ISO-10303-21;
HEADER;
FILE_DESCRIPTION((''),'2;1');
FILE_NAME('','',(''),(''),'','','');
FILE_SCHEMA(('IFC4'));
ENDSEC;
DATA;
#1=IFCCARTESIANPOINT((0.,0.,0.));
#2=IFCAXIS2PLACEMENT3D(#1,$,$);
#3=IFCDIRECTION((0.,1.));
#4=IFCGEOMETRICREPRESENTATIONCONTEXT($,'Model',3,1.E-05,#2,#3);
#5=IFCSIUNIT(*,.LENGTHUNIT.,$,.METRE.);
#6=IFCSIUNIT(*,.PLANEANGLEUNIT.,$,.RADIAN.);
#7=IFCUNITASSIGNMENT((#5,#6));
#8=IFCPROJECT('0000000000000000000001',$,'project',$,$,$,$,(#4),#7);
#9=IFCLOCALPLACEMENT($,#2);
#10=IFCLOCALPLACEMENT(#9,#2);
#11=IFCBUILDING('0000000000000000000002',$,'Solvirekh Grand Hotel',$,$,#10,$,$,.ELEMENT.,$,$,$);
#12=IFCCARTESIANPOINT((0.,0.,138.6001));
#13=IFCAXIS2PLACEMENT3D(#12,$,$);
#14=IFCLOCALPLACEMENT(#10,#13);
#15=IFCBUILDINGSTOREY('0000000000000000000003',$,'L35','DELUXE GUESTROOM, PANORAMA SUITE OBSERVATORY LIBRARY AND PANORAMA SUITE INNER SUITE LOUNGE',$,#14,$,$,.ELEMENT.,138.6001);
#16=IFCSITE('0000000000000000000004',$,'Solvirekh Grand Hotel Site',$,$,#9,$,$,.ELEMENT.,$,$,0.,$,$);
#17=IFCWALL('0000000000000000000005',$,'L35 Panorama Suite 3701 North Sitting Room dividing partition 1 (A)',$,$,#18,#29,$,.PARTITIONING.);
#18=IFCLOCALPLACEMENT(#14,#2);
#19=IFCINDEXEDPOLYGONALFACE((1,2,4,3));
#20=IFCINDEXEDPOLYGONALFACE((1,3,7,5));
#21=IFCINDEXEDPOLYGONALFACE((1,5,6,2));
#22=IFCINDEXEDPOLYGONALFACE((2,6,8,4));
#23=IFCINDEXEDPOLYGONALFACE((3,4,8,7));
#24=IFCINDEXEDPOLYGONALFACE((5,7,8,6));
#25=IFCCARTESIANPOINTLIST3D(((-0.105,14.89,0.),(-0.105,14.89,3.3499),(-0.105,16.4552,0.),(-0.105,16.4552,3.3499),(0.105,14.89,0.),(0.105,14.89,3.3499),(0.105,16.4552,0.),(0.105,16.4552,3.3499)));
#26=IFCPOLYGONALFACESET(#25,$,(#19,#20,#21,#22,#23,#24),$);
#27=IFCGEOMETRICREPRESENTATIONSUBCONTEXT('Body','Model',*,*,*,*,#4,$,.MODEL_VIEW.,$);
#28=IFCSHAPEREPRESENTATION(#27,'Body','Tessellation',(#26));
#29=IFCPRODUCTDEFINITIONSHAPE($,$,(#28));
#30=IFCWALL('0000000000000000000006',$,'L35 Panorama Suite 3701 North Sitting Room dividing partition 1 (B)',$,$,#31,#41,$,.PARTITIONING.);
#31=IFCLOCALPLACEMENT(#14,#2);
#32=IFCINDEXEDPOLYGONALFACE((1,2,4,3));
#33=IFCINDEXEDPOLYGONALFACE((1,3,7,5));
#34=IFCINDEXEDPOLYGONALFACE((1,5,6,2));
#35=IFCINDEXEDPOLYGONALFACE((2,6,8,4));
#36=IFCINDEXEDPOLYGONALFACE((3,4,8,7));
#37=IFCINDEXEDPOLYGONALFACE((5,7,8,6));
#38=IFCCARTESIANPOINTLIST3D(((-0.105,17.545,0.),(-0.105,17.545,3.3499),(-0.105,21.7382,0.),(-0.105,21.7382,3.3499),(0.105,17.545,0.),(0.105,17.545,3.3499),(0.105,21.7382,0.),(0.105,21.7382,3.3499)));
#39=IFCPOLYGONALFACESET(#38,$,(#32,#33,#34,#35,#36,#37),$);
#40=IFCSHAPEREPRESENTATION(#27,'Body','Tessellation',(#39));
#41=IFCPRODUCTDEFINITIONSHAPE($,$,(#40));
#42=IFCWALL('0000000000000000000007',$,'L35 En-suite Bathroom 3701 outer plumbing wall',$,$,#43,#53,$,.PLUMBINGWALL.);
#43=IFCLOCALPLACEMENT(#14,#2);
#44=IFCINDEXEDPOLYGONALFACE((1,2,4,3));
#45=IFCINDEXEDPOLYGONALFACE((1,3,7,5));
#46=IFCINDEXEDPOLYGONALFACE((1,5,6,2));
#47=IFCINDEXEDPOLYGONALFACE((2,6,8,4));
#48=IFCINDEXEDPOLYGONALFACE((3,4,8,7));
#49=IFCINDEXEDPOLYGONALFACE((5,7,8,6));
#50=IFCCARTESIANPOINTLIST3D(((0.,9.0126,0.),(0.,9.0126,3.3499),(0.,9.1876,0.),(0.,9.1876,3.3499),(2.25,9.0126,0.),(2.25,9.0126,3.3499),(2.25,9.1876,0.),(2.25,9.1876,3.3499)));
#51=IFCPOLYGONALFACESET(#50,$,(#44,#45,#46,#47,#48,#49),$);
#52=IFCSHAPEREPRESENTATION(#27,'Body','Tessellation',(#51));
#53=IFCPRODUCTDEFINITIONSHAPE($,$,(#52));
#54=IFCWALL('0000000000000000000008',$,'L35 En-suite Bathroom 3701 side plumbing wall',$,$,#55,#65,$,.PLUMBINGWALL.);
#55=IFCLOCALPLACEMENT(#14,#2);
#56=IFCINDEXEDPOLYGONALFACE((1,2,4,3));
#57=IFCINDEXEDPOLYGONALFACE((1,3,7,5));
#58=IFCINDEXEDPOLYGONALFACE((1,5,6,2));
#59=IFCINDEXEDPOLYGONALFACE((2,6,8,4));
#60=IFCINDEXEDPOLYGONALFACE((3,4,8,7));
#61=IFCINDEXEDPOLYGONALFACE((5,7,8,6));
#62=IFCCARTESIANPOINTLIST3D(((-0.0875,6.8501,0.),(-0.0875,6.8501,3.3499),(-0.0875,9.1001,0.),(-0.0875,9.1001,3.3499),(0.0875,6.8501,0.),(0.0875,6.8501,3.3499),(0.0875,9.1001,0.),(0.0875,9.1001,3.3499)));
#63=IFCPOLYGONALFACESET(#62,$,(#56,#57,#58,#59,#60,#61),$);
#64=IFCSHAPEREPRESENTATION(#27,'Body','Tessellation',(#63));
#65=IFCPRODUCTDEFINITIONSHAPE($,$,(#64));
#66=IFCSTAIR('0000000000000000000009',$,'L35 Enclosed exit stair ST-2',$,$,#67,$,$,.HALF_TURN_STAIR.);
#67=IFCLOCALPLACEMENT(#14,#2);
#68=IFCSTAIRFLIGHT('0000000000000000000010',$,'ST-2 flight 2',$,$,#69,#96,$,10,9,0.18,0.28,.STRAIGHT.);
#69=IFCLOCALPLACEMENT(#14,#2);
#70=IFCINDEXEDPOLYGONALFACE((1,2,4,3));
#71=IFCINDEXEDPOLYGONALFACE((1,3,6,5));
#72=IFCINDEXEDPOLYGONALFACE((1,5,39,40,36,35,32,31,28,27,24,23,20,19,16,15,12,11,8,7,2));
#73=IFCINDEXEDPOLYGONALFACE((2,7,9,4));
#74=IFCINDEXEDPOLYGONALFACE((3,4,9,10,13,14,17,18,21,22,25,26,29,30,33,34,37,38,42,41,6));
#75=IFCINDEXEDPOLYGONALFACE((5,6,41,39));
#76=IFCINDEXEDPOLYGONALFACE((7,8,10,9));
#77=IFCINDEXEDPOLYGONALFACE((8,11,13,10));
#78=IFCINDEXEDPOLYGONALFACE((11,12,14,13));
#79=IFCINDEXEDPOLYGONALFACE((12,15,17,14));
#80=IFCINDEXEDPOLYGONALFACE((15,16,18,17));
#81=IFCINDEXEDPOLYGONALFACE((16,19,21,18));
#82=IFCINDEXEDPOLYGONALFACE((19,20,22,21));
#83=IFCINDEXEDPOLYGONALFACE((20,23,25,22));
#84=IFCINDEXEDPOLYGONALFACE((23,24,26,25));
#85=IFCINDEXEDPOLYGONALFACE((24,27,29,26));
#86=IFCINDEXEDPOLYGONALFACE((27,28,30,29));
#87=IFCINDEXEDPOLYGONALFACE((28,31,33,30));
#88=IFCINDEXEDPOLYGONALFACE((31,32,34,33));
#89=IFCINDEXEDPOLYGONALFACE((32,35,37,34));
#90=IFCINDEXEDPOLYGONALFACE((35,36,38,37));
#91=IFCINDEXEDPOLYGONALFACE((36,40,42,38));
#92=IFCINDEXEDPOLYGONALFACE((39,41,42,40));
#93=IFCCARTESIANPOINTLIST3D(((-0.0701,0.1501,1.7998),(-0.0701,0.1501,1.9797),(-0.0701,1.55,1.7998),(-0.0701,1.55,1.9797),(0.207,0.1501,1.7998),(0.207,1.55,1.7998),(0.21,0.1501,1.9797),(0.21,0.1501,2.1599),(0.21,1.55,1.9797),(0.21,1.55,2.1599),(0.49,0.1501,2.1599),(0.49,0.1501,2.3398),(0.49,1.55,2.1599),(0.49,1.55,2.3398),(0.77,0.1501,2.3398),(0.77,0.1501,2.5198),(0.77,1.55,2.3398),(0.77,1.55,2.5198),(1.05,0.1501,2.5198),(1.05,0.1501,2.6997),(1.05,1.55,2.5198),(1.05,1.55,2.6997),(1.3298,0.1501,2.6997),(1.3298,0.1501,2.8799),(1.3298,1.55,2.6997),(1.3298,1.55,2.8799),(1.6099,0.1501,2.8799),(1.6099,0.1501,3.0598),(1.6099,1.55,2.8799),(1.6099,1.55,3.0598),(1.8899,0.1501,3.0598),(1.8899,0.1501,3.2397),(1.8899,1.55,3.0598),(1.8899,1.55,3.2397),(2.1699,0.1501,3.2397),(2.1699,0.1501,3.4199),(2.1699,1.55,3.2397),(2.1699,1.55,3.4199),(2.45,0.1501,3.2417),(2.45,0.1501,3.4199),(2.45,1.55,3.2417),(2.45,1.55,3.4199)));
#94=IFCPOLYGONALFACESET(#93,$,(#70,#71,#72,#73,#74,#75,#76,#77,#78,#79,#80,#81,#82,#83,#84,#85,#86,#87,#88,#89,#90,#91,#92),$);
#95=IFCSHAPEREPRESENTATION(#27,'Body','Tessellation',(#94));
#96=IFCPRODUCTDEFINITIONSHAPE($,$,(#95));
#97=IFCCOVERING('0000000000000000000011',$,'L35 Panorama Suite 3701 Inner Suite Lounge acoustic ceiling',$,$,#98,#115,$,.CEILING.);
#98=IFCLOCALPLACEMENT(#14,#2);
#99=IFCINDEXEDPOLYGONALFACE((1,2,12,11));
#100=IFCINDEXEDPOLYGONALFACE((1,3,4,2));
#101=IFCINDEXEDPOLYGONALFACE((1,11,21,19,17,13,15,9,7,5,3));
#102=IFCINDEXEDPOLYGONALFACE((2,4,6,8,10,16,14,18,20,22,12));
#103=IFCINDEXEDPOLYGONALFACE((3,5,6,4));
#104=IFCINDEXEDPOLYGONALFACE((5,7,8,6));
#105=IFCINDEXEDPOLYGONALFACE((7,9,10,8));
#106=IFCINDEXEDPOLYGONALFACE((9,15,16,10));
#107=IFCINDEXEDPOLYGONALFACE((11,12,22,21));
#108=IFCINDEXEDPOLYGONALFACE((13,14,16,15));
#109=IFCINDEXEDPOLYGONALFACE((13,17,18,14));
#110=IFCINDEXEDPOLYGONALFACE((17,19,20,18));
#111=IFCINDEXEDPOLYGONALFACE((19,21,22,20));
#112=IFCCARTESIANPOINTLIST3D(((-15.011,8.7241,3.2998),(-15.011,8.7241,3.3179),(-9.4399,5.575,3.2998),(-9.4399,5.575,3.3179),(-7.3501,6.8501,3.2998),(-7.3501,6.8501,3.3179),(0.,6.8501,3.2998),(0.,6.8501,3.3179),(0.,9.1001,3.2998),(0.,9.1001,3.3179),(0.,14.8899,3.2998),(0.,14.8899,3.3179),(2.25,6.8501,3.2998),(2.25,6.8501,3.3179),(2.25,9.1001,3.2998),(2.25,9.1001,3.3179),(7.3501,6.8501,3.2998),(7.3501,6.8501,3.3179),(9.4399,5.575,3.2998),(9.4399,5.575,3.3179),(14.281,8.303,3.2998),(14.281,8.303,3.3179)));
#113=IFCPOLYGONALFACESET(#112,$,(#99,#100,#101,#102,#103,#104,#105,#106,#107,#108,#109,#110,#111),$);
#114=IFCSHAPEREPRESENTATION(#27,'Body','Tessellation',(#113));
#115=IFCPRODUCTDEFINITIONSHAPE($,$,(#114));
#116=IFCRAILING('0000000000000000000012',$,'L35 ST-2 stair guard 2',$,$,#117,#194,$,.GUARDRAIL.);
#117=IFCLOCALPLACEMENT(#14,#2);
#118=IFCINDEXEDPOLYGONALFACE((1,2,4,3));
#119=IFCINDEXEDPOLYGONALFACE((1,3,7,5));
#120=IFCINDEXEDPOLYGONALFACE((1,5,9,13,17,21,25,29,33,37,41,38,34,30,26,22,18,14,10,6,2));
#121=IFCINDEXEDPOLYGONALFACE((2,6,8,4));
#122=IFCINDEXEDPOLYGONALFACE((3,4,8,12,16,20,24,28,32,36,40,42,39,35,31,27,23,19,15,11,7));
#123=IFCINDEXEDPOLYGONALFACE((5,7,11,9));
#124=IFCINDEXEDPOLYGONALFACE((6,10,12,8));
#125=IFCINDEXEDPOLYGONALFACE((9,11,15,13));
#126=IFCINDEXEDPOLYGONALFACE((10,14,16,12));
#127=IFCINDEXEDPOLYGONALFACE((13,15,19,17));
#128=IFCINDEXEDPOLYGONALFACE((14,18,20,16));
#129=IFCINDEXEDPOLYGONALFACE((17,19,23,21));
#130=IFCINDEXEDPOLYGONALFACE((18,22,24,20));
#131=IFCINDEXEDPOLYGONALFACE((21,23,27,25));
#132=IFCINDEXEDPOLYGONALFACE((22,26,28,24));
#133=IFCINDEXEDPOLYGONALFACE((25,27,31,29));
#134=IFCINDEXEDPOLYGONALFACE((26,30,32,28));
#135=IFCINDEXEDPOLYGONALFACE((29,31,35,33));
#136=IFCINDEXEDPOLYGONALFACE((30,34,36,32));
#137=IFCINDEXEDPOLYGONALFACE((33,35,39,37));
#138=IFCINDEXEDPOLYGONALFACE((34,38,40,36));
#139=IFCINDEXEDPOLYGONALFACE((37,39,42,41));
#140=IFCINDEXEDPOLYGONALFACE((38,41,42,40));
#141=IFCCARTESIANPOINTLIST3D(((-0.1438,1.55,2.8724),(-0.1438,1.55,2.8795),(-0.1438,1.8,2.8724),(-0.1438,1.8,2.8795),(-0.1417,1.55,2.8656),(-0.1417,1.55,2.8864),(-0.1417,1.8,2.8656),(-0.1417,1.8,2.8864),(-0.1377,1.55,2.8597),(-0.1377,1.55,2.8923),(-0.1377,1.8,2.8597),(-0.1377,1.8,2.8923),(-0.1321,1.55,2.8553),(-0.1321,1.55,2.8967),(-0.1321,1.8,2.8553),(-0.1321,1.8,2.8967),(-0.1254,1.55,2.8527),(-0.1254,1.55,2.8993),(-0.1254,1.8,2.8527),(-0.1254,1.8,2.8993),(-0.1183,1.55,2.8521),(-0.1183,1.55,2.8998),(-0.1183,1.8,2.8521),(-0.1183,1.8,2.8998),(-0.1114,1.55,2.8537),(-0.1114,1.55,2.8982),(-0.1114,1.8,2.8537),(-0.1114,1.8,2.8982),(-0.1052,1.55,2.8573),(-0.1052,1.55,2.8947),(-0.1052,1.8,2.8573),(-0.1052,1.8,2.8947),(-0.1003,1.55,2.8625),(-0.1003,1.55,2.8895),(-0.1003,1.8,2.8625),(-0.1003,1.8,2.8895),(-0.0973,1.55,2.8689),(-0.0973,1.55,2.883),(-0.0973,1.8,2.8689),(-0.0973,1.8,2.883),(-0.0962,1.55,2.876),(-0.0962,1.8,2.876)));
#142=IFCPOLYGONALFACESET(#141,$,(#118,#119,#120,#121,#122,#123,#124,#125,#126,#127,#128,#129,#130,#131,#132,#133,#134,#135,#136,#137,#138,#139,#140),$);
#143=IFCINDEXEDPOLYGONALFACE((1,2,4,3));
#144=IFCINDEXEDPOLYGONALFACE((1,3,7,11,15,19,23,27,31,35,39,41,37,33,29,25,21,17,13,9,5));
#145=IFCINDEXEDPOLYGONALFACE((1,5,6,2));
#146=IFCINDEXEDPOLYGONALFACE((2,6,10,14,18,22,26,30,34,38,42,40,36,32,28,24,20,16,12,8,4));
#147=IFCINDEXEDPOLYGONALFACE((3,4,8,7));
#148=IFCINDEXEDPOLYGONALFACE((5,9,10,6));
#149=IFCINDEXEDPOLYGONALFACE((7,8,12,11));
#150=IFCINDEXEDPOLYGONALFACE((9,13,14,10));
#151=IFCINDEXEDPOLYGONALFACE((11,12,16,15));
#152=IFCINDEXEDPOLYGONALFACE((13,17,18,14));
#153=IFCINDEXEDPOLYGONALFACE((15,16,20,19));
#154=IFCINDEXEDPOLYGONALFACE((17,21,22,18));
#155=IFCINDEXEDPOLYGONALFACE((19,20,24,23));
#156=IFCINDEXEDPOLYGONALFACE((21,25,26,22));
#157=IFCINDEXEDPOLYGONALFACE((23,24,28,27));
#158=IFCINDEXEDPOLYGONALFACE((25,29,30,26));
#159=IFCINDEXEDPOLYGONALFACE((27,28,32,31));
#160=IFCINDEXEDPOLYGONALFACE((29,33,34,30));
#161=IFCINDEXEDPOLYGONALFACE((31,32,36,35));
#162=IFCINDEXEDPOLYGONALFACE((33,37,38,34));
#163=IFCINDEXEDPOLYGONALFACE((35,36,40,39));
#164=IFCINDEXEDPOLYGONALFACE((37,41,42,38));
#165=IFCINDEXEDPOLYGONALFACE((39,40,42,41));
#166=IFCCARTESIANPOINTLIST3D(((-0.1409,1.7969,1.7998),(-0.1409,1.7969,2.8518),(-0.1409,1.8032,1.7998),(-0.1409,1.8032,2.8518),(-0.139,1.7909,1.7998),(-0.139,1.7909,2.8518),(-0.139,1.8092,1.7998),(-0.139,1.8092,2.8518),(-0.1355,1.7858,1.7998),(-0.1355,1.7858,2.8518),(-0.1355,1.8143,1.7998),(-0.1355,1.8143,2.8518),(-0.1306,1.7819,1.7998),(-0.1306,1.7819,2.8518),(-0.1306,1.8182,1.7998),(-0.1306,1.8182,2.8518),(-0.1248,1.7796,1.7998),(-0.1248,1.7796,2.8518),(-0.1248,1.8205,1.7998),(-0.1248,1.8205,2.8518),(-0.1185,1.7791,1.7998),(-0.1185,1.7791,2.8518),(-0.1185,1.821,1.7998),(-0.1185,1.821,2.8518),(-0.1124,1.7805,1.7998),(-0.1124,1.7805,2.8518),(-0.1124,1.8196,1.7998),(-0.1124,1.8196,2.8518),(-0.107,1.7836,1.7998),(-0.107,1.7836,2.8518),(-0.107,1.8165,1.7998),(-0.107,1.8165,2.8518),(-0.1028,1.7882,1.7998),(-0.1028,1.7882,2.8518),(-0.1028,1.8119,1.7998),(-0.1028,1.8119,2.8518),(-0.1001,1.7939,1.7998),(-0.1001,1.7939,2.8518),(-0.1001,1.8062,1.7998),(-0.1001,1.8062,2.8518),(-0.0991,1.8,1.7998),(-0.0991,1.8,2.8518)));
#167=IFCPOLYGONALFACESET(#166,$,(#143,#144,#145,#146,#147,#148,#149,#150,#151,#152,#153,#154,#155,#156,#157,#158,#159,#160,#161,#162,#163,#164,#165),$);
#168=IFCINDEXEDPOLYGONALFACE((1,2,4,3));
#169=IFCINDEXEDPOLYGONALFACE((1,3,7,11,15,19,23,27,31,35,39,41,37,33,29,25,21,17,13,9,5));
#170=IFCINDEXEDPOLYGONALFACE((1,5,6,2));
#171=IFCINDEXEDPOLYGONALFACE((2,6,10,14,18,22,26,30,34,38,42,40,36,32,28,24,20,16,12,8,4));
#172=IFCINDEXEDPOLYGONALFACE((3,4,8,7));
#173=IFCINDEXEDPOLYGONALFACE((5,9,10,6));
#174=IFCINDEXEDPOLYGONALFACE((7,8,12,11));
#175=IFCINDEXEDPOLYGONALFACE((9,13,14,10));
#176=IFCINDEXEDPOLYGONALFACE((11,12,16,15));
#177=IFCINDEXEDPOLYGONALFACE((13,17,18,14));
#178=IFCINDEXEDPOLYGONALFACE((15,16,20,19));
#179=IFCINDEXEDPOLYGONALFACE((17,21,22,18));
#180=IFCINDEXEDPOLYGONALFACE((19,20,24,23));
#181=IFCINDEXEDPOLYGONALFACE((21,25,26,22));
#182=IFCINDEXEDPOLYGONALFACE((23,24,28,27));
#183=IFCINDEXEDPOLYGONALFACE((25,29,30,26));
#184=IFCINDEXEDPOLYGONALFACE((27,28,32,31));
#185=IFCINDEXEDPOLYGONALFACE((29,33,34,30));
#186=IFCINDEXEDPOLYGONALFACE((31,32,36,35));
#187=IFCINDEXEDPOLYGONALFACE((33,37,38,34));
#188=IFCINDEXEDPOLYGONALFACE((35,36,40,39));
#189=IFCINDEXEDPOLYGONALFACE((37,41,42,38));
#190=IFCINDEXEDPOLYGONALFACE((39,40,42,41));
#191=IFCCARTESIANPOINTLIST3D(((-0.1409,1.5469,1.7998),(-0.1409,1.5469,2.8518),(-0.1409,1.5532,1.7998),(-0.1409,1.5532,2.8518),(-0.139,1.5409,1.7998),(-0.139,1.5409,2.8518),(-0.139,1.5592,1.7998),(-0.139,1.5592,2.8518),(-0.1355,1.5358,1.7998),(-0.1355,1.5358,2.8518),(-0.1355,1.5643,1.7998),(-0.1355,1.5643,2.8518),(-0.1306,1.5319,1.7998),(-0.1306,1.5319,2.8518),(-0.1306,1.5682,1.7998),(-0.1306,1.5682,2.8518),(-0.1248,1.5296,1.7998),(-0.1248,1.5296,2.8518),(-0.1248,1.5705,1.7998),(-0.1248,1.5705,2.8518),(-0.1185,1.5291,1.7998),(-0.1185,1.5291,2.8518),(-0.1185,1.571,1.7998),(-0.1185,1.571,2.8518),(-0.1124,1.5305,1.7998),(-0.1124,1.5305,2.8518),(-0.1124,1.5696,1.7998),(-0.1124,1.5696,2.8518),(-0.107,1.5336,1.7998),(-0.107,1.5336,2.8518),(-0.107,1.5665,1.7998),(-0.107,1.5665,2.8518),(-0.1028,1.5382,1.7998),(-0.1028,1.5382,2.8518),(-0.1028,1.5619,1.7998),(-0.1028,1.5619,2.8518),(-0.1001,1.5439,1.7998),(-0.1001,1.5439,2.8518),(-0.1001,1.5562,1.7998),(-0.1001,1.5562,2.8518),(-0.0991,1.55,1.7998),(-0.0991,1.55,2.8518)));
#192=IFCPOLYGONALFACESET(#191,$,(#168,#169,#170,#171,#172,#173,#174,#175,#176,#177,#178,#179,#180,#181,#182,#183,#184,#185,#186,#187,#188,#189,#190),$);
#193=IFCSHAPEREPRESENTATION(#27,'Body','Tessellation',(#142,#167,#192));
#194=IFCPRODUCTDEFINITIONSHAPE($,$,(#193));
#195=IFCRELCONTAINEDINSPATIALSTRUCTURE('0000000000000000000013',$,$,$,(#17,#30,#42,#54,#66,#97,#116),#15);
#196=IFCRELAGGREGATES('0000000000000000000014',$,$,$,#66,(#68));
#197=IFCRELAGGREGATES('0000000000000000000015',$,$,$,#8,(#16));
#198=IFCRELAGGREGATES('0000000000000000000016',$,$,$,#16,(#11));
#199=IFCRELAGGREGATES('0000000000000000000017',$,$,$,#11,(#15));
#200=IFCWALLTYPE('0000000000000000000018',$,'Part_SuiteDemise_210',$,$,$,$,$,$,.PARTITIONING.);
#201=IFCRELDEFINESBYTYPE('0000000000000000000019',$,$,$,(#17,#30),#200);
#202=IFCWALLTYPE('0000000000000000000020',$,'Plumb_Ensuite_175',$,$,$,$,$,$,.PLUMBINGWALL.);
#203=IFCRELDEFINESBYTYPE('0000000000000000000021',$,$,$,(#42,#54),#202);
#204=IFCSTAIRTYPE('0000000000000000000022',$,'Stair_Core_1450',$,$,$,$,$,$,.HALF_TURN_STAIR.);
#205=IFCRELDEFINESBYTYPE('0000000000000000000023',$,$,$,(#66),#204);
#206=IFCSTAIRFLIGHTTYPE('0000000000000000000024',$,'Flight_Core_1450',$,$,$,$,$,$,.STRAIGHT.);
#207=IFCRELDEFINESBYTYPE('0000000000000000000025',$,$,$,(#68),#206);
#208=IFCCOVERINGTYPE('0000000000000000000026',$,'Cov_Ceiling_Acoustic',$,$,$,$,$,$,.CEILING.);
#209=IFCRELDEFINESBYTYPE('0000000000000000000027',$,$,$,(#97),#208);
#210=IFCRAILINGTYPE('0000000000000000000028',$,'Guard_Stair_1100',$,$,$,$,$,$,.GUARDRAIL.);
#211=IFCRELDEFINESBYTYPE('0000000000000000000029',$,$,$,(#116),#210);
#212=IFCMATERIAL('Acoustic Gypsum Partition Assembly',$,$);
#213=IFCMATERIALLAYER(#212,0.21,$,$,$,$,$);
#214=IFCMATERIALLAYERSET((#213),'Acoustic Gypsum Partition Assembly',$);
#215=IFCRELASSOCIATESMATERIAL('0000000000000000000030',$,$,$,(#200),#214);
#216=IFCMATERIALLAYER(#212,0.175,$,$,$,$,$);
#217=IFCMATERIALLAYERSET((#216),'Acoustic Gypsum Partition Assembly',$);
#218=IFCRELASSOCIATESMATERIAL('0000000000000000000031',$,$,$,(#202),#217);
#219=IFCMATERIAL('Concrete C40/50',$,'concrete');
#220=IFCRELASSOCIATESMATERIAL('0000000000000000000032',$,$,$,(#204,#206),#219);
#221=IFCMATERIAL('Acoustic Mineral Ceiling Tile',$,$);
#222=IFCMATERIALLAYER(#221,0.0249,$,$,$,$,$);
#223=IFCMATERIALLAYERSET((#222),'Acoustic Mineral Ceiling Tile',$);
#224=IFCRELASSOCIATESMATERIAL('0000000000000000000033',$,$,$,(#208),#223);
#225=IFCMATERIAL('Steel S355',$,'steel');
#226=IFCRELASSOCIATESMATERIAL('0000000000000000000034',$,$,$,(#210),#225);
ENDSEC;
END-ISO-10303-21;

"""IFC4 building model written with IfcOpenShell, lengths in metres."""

from ifc_helpers import new_model, si_unit, direction, frame, frame_2d, origin, origin_2d, place, context, subcontext, project, spatial, polyline, rectangle, circle, outline, extrude, material, layer, layer_set, type_object, element, aggregate, save


model = new_model("IFC4")

# Units and contexts
model_context = context("Model", 3, precision=1e-05, world=origin(), true_north=direction((0.0, 1.0)))
body_context = subcontext(model_context, "Body", "Model", "MODEL_VIEW")
ifc_project = project(units=[si_unit("LENGTHUNIT", "METRE"), si_unit("PLANEANGLEUNIT", "RADIAN")], contexts=[model_context])

# Site, building, storey
site_placement = place(None, origin())
site = spatial("IfcSite", under=ifc_project, at=site_placement, Name="Solvirekh Grand Hotel Site", CompositionType="ELEMENT", RefElevation=0.0)
building_placement = place(site_placement, origin())
building = spatial("IfcBuilding", under=site, at=building_placement, Name="Solvirekh Grand Hotel", CompositionType="ELEMENT")
storey_placement = place(building_placement, frame((0.0, 0.0, 138.6001)))
storey = spatial("IfcBuildingStorey", under=building, at=storey_placement, Name="L35", Description="DELUXE GUESTROOM, PANORAMA SUITE OBSERVATORY LIBRARY AND PANORAMA SUITE INNER SUITE LOUNGE", CompositionType="ELEMENT", Elevation=138.6001)

# Shared definitions
ifc_material_1 = material(Name="Steel S355", Category="steel")

# Shared definitions
ifc_material_2 = material(Name="Concrete C40/50", Category="concrete")

# Shared definitions
ifc_material_3 = material(Name="Acoustic Gypsum Partition Assembly")

# Walls
ifc_layer_1 = layer(ifc_material_3, 0.21)
ifc_layer_set_1 = layer_set([ifc_layer_1], Name="Acoustic Gypsum Partition Assembly")
wall_type_1 = type_object("IfcWallType", Name="Part_SuiteDemise_210", PredefinedType="PARTITIONING", material=ifc_layer_set_1)
wall_1_placement = place(storey_placement, frame((0.0, 14.8899, 0.0), z_axis=(0.0, 0.0, 1.0), x_axis=(0.0, 1.0, 0.0)))
element("IfcWall", 1, at=wall_1_placement, inside=storey, type_object=wall_type_1, Name="L35 Panorama Suite 3701 North Sitting Room dividing partition 1 (A)", PredefinedType="PARTITIONING", context=body_context, shape_type="SweptSolid", body=[
    extrude(rectangle(XDim=1.5652, YDim=0.21, at=frame_2d((0.7827, 0.0))), origin(), (0.0, 0.0, 1.0), 3.3499),
])
wall_2_placement = place(storey_placement, frame((0.0, 17.5449, 0.0), z_axis=(0.0, 0.0, 1.0), x_axis=(0.0, 1.0, 0.0)))
element("IfcWall", 2, at=wall_2_placement, inside=storey, type_object=wall_type_1, Name="L35 Panorama Suite 3701 North Sitting Room dividing partition 1 (B)", PredefinedType="PARTITIONING", context=body_context, shape_type="SweptSolid", body=[
    extrude(rectangle(XDim=4.1931, YDim=0.21, at=frame_2d((2.0967, 0.0))), origin(), (0.0, 0.0, 1.0), 3.3499),
])
ifc_layer_2 = layer(ifc_material_3, 0.175)
ifc_layer_set_2 = layer_set([ifc_layer_2], Name="Acoustic Gypsum Partition Assembly")
wall_type_2 = type_object("IfcWallType", Name="Plumb_Ensuite_175", PredefinedType="PLUMBINGWALL", material=ifc_layer_set_2)
for number, where, z_axis, x_axis, name in (
    (3, (0.0, 9.1001, 0.0), (0.0, 0.0, 1.0), (1.0, 0.0, 0.0), "L35 En-suite Bathroom 3701 outer plumbing wall"),
    (4, (0.0, 9.1001, 0.0), (0.0, 0.0, 1.0), (0.0, -1.0, 0.0), "L35 En-suite Bathroom 3701 side plumbing wall"),
):
    element("IfcWall", number, at=place(storey_placement, frame(where, z_axis=z_axis, x_axis=x_axis)), inside=storey, type_object=wall_type_2, Name=name, PredefinedType="PLUMBINGWALL", context=body_context, shape_type="SweptSolid", body=[
        extrude(rectangle(XDim=2.25, YDim=0.175, at=frame_2d((1.125, 0.0))), origin(), (0.0, 0.0, 1.0), 3.3499),
    ])

# Stair, stair flight
stair_type = type_object("IfcStairType", Name="Stair_Core_1450", PredefinedType="HALF_TURN_STAIR", material=ifc_material_2)
stair_placement = place(storey_placement, origin())
stair = element("IfcStair", 5, at=stair_placement, inside=storey, type_object=stair_type, Name="L35 Enclosed exit stair ST-2", PredefinedType="HALF_TURN_STAIR")
stair_flight_type = type_object("IfcStairFlightType", Name="Flight_Core_1450", PredefinedType="STRAIGHT", material=ifc_material_2)
stair_flight_placement = place(storey_placement, frame((-0.0701, 0.8501, 1.7998), z_axis=(0.0, 0.0, 1.0), x_axis=(1.0, 0.0, 0.0)))
stair_flight = element("IfcStairFlight", 6, at=stair_flight_placement, type_object=stair_flight_type, Name="ST-2 flight 2", NumberOfRisers=10, NumberOfTreads=9, PredefinedType="STRAIGHT", RiserHeight=0.18, TreadLength=0.28, context=body_context, shape_type="SweptSolid", body=[
    extrude(outline(polyline([(0.0, 0.0), (0.0, 0.1799), (0.28, 0.1799), (0.28, 0.3601), (0.5601, 0.3601), (0.5601, 0.54), (0.8401, 0.54), (0.8401, 0.72), (1.1201, 0.72), (1.1201, 0.8999), (1.3999, 0.8999), (1.3999, 1.0801), (1.6799, 1.0801), (1.6799, 1.26), (1.96, 1.26), (1.96, 1.4399), (2.24, 1.4399), (2.24, 1.6201), (2.52, 1.6201), (2.52, 1.8), (2.52, 1.4419), (0.2771, 0.0), (0.0, 0.0)])), frame((0.0, 0.7, 0.0), z_axis=(0.0, -1.0, 0.0), x_axis=(1.0, 0.0, 0.0)), (0.0, 0.0, 1.0), 1.3999),
])
aggregate(stair, [stair_flight])

# Covering
ifc_material_4 = material(Name="Acoustic Mineral Ceiling Tile")
ifc_layer_3 = layer(ifc_material_4, 0.0249)
ifc_layer_set_3 = layer_set([ifc_layer_3], Name="Acoustic Mineral Ceiling Tile")
covering_type = type_object("IfcCoveringType", Name="Cov_Ceiling_Acoustic", PredefinedType="CEILING", material=ifc_layer_set_3)
covering_placement = place(storey_placement, frame((0.0, 0.0, 3.2998)))
element("IfcCovering", 7, at=covering_placement, inside=storey, type_object=covering_type, Name="L35 Panorama Suite 3701 Inner Suite Lounge acoustic ceiling", PredefinedType="CEILING", context=body_context, shape_type="SweptSolid", body=[
    extrude(outline(polyline([(0.0, 6.8501), (0.0, 9.1001), (2.25, 9.1001), (2.25, 6.8501), (7.3501, 6.8501), (9.4399, 5.575), (14.281, 8.303), (0.0, 14.8899), (-15.011, 8.7241), (-9.4399, 5.575), (-7.3501, 6.8501), (0.0, 6.8501)])), origin(), (0.0, 0.0, 1.0), 0.0181),
])

# Railing
railing_type_1 = type_object("IfcRailingType", Name="Guard_Stair_1100", PredefinedType="GUARDRAIL", material=ifc_material_1)
railing_1_placement = place(storey_placement, frame((-0.1201, 1.8, 1.7998)))
element("IfcRailing", 8, at=railing_1_placement, inside=storey, type_object=railing_type_1, Name="L35 ST-2 stair guard 2", PredefinedType="GUARDRAIL", context=body_context, shape_type="SweptSolid", body=[
    extrude(circle(Radius=0.0239, at=origin_2d()), frame((0.0, 0.0, 1.0762), z_axis=(0.0, -1.0, 0.0), x_axis=(1.0, 0.0, 0.0)), (0.0, 0.0, 1.0), 0.25),
    extrude(circle(Radius=0.021, at=origin_2d()), origin(), (0.0, 0.0, 1.0), 1.052),
    extrude(circle(Radius=0.021, at=origin_2d()), frame((0.0, -0.25, 0.0)), (0.0, 0.0, 1.0), 1.052),
])

save(model, "model.ifc")
